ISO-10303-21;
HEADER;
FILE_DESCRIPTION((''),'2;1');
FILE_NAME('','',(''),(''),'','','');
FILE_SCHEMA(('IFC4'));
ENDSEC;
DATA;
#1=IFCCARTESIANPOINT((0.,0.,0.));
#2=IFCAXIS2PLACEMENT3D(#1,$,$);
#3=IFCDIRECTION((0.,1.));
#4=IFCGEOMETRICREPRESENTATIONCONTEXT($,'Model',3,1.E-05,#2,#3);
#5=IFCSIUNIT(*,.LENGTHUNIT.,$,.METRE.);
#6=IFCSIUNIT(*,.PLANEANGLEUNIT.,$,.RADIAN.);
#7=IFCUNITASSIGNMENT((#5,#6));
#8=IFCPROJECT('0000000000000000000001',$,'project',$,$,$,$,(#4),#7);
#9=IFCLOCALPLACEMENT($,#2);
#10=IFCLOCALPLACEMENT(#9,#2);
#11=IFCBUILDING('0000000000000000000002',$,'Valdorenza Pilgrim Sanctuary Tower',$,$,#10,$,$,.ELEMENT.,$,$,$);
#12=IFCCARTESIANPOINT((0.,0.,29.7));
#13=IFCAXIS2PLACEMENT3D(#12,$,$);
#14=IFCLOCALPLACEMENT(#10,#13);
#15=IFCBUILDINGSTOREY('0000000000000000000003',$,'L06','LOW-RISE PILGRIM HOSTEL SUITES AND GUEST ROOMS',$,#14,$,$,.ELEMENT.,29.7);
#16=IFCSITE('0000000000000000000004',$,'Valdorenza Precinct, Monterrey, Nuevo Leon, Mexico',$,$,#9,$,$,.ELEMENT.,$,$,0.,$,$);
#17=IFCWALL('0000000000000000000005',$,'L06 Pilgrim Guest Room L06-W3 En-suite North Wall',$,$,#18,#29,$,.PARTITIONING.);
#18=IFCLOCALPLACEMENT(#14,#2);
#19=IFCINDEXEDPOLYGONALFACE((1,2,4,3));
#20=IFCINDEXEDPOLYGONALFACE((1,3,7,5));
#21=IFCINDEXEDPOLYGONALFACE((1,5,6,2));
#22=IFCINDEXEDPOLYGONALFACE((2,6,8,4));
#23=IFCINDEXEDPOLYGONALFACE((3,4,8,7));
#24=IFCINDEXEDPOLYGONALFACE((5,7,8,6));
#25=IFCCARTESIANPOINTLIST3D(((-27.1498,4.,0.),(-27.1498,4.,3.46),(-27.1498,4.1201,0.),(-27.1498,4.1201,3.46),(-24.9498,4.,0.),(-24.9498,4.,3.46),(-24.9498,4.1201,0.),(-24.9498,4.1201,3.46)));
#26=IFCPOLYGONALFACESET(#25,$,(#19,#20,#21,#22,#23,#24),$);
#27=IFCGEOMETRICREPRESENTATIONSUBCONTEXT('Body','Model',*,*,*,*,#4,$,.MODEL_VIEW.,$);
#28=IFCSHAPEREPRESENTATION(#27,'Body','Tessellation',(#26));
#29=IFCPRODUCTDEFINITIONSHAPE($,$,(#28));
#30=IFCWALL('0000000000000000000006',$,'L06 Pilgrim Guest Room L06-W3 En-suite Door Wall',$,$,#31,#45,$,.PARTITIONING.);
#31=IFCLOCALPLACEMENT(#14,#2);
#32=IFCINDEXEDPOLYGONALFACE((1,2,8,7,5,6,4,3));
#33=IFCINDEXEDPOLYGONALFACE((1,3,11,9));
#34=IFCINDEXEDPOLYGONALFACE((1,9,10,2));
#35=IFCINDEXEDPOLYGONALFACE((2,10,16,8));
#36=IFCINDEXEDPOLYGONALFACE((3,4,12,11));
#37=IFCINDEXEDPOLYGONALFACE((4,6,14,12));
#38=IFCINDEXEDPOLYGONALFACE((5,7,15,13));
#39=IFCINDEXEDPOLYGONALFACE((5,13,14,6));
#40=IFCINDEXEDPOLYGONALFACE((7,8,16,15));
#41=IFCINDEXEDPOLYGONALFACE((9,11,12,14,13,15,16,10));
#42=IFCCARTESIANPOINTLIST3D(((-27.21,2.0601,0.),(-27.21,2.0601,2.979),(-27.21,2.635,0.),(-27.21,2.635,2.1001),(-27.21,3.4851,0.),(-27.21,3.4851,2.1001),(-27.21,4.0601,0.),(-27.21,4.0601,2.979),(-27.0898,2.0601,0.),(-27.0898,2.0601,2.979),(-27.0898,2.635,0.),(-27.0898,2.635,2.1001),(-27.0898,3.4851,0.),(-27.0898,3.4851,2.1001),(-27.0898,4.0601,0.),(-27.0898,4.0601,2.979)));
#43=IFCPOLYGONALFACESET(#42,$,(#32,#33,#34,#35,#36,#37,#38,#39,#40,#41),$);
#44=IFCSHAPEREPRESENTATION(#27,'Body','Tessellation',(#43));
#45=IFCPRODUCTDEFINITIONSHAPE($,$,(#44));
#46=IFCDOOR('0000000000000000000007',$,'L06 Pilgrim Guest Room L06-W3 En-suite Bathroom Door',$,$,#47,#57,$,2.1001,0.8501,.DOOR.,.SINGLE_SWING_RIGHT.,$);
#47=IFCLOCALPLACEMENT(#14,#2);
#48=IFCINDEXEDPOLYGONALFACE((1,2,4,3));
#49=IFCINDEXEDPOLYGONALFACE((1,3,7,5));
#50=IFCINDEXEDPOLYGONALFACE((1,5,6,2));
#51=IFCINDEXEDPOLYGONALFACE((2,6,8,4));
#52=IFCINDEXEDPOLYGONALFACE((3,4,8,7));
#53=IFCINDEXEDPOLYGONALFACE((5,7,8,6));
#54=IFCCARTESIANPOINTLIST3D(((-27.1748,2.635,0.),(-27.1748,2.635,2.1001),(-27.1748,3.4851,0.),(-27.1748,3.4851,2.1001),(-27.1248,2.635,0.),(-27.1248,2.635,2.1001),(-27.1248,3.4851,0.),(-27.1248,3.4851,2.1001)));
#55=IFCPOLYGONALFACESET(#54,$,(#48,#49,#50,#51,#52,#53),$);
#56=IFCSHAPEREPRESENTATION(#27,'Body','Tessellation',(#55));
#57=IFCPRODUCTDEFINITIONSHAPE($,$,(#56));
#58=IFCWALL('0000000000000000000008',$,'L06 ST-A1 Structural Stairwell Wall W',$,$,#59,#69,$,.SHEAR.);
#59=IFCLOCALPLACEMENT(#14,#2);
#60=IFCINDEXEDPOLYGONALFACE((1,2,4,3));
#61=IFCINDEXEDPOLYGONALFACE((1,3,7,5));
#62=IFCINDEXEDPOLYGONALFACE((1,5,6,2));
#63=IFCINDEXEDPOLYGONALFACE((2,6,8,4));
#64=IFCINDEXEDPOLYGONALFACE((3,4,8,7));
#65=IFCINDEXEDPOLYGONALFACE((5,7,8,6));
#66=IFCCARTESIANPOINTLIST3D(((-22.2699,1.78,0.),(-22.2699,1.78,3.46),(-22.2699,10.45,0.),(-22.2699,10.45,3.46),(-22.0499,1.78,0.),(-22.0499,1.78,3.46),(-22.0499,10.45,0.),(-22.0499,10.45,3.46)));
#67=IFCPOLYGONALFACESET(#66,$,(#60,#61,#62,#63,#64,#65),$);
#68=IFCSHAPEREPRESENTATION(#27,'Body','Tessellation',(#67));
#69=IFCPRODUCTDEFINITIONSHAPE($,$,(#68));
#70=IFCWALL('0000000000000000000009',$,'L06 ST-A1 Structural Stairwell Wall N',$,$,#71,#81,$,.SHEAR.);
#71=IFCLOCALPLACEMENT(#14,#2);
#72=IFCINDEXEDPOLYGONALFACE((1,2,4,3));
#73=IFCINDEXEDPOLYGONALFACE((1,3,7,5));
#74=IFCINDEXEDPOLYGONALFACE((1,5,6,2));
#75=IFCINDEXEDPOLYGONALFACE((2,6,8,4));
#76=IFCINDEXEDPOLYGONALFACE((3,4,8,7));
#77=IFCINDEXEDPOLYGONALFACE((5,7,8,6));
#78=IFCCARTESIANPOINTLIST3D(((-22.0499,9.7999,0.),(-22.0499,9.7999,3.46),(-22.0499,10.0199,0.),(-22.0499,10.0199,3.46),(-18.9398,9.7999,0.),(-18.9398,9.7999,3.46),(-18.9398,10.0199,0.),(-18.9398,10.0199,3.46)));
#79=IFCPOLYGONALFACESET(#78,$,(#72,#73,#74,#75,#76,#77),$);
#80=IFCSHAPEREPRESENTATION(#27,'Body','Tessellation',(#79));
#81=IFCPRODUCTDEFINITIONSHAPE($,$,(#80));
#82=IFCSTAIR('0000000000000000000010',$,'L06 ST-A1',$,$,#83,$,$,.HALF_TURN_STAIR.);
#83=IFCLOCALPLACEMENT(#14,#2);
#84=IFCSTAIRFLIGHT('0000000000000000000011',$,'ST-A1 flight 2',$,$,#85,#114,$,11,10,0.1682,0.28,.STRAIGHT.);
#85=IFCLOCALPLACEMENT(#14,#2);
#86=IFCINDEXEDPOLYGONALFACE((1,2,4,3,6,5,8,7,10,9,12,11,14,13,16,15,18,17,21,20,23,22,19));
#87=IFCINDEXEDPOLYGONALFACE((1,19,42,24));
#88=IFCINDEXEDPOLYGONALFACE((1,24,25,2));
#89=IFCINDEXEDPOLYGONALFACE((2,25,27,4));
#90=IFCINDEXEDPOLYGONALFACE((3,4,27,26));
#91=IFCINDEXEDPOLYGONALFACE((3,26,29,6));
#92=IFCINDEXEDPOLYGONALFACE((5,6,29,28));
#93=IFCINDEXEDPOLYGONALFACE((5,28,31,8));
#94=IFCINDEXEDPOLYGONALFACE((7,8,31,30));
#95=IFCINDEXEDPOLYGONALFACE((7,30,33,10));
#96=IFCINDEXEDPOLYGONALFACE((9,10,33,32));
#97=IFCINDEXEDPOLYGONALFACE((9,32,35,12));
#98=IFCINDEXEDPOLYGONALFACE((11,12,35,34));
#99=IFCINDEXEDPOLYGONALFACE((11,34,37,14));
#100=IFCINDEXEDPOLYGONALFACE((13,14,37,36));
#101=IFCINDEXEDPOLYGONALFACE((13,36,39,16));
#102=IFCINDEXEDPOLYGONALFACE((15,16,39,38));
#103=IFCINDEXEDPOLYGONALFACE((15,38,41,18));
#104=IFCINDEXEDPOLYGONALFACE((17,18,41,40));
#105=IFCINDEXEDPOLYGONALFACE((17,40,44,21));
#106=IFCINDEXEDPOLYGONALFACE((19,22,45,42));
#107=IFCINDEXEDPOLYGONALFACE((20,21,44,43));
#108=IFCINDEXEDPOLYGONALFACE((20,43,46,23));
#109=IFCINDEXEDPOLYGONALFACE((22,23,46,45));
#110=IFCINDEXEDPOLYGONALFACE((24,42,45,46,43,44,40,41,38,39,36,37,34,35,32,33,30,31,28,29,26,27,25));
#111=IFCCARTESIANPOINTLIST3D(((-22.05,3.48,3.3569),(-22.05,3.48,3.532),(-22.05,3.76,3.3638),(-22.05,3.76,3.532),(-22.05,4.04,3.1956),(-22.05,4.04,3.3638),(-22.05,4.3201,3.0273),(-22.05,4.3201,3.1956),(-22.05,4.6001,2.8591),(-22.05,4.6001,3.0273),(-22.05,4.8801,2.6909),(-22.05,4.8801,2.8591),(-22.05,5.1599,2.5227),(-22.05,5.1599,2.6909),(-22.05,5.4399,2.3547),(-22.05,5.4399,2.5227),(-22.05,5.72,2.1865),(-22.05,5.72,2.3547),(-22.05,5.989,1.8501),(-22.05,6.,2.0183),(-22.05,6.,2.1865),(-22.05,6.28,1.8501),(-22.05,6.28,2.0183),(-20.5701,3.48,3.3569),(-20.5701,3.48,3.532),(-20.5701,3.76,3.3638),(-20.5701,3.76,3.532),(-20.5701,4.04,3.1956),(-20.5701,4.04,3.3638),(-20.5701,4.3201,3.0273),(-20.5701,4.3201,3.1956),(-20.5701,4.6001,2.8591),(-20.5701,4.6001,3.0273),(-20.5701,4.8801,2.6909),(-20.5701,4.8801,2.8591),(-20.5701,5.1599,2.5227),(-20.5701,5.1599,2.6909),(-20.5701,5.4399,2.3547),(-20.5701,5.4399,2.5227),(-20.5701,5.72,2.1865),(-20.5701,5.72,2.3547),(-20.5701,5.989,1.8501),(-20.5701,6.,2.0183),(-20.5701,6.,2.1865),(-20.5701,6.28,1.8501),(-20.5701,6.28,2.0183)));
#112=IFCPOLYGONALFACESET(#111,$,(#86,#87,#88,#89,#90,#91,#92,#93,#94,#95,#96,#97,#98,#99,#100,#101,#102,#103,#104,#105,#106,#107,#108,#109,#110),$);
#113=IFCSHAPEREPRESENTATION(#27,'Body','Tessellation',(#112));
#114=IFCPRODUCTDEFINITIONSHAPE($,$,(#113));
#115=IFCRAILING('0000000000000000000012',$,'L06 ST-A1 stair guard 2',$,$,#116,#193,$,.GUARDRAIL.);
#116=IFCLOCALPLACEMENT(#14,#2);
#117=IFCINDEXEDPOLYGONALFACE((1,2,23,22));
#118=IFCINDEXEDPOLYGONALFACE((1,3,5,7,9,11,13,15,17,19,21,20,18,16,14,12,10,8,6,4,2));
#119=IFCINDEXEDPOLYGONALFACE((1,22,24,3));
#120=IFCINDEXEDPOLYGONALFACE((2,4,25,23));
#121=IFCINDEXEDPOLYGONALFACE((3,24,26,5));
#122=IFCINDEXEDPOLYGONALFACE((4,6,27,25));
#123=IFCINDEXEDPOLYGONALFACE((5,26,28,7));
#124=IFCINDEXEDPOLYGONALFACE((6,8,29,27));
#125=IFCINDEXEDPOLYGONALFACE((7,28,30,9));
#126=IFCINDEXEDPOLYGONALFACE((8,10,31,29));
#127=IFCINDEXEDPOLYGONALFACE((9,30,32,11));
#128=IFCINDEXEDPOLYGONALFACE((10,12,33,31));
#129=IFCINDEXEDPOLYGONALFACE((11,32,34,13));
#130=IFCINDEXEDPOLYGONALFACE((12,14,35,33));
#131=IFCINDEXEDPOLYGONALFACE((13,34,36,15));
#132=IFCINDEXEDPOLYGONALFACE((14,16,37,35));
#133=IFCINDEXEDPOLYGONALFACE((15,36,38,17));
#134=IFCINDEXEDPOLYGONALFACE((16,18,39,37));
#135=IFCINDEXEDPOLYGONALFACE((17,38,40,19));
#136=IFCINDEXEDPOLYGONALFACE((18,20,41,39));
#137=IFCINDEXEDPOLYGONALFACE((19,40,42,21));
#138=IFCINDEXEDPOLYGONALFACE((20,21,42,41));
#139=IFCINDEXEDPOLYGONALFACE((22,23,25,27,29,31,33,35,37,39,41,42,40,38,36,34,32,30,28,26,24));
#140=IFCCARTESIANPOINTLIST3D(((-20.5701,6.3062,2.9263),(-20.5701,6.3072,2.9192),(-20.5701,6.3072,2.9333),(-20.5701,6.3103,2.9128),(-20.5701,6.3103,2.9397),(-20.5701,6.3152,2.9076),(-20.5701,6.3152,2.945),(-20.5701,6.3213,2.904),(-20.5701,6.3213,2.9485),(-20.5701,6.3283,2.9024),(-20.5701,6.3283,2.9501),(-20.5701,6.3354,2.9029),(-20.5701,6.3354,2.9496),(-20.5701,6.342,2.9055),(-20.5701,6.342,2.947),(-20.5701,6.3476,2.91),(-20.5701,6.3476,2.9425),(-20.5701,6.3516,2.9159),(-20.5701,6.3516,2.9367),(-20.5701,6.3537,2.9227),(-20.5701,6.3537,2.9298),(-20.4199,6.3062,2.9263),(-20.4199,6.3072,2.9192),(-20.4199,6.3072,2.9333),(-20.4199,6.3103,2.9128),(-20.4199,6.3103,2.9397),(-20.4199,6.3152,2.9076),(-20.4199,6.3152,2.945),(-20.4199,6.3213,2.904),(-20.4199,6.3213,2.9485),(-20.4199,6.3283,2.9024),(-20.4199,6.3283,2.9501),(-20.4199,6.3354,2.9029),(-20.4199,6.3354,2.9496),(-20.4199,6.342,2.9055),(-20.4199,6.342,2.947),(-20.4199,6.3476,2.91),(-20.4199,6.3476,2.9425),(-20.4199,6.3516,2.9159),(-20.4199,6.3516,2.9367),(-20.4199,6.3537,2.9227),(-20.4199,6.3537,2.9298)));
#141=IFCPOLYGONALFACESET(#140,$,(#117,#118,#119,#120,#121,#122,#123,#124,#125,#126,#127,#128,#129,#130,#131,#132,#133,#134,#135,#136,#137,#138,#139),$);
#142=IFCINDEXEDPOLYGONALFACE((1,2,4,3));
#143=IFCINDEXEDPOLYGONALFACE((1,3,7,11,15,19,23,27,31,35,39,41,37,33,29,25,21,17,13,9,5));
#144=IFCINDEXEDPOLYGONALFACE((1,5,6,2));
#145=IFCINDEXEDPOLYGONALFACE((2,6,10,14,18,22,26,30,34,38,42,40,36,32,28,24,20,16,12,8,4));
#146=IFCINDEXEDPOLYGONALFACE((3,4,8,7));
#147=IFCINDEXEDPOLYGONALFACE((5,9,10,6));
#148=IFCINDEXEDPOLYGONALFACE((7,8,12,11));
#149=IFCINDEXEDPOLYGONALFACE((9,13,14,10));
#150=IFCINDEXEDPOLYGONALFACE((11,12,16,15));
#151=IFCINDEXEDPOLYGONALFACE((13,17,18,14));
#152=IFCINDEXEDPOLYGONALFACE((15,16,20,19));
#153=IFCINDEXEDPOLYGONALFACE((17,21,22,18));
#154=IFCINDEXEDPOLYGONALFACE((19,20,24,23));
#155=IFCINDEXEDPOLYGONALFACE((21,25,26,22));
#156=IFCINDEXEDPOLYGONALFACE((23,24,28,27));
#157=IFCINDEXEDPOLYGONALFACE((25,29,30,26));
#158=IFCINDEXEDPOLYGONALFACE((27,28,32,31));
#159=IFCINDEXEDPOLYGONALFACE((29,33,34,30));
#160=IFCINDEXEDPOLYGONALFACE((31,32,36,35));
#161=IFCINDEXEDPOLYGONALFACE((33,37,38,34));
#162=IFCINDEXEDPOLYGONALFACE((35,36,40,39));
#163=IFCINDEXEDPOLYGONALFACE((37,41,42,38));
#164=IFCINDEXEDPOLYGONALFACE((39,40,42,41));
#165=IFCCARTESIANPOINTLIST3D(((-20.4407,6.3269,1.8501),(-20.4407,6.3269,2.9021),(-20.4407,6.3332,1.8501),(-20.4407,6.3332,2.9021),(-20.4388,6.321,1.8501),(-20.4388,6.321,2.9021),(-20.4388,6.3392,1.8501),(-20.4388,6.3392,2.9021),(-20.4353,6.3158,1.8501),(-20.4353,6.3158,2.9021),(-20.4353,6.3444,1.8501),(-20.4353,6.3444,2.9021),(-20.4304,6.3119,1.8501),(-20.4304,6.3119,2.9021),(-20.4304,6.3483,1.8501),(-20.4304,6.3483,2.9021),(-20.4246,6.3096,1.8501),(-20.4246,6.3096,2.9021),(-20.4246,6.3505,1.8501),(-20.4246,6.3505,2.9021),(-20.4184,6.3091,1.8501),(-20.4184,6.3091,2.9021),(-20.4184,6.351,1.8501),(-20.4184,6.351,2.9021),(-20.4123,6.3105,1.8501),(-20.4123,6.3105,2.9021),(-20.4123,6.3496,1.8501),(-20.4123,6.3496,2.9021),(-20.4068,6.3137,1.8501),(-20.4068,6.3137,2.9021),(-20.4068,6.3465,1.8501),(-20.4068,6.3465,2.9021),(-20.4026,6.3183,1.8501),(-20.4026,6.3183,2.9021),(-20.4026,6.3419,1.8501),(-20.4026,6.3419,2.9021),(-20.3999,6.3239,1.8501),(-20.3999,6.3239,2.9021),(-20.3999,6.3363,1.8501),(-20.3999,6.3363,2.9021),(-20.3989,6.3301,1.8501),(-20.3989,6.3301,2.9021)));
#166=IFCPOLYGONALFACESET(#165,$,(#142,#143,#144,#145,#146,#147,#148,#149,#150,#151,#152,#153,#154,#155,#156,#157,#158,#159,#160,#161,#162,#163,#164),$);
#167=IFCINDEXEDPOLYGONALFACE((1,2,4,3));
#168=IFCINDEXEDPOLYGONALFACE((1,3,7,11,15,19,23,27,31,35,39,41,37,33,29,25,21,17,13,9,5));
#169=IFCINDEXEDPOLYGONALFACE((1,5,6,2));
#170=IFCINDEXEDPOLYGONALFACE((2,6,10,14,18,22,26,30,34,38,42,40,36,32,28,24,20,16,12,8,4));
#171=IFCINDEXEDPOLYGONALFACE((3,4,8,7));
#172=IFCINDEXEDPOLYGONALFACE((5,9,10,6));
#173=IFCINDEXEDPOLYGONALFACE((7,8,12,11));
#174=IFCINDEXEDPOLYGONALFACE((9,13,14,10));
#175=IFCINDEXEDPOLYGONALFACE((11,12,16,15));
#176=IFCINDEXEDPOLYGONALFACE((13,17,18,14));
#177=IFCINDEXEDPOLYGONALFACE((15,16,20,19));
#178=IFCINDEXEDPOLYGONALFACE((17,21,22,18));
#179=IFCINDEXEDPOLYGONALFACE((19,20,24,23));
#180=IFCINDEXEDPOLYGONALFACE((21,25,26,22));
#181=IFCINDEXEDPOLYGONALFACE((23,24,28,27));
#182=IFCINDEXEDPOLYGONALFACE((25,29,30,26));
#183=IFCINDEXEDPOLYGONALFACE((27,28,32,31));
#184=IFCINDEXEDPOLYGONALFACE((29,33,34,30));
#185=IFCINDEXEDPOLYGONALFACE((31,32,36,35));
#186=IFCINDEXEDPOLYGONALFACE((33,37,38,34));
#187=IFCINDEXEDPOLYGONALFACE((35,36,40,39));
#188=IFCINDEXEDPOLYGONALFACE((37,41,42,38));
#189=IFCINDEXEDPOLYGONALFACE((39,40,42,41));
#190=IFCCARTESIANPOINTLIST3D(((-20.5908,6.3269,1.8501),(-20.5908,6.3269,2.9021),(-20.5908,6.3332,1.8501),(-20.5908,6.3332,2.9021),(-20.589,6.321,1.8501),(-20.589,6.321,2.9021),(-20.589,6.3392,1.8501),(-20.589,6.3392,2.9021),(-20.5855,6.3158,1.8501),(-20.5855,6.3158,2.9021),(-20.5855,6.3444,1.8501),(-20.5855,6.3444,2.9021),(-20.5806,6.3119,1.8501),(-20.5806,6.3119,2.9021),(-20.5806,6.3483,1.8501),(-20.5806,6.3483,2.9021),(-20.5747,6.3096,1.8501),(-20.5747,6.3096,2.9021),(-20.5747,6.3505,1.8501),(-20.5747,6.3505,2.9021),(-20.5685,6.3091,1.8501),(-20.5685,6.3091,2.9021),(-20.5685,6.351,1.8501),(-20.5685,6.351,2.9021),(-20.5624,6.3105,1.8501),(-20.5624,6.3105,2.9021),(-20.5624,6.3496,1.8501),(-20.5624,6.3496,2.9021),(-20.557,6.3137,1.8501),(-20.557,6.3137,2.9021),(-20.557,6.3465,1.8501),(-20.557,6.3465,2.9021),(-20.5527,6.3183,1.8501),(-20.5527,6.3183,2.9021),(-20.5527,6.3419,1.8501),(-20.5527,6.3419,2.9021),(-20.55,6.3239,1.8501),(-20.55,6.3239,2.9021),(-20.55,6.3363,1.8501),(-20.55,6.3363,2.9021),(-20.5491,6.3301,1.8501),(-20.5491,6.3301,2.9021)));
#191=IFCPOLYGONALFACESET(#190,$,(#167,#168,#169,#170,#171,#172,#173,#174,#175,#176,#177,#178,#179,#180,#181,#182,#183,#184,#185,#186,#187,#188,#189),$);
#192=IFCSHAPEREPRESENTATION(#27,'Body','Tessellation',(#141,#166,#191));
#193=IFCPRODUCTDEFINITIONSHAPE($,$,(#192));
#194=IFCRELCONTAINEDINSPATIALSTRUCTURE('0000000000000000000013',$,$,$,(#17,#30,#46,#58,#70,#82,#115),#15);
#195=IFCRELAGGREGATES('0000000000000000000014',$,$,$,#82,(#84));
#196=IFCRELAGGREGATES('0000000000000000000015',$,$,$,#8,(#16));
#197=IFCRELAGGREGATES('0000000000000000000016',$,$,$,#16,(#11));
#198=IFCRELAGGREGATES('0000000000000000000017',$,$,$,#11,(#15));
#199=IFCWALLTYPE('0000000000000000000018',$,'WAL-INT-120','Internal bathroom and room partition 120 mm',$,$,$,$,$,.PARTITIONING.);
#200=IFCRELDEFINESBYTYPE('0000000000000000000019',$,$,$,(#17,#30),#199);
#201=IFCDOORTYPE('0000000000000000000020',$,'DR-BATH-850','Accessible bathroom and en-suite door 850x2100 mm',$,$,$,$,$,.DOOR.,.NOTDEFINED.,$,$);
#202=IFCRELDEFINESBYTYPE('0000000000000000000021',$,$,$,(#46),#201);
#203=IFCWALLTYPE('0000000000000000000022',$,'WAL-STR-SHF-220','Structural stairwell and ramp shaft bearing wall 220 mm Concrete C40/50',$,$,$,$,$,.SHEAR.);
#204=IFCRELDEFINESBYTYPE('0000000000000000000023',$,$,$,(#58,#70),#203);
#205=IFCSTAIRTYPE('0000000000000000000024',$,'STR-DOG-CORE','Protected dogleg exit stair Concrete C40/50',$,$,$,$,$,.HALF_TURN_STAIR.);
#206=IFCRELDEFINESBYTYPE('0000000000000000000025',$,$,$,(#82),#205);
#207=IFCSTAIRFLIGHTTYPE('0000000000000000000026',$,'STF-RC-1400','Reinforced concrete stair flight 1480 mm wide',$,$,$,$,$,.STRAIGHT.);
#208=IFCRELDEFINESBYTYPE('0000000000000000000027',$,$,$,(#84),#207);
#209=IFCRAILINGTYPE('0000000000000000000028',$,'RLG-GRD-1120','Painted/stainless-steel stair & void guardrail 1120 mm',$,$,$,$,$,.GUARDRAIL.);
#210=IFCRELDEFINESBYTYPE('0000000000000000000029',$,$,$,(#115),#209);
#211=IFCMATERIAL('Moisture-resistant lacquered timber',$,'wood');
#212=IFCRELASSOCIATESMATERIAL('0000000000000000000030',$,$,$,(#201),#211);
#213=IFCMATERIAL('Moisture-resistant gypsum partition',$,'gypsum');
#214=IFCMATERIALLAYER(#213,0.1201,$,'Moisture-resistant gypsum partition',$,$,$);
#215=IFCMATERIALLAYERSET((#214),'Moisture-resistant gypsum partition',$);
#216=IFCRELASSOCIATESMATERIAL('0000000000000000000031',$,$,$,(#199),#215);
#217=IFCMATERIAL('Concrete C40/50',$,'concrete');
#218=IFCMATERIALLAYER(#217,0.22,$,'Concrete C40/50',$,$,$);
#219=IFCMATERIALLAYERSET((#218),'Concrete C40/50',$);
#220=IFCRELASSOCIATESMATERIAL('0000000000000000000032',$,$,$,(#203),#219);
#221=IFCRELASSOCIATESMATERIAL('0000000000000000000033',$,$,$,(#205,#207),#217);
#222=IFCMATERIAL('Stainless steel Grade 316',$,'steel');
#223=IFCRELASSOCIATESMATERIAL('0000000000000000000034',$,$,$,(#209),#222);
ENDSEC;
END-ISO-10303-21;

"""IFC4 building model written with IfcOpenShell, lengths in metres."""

from ifc_helpers import new_model, si_unit, direction, frame, frame_2d, origin, origin_2d, place, context, subcontext, project, spatial, polyline, rectangle, circle, outline, extrude, material, layer, layer_set, type_object, element, fill, aggregate, save


model = new_model("IFC4")

# Units and contexts
model_context = context("Model", 3, precision=1e-05, world=origin(), true_north=direction((0.0, 1.0)))
body_context = subcontext(model_context, "Body", "Model", "MODEL_VIEW")
ifc_project = project(units=[si_unit("LENGTHUNIT", "METRE"), si_unit("PLANEANGLEUNIT", "RADIAN")], contexts=[model_context])

# Site, building, storey
site_placement = place(None, origin())
site = spatial("IfcSite", under=ifc_project, at=site_placement, Name="Valdorenza Precinct, Monterrey, Nuevo Leon, Mexico", CompositionType="ELEMENT", RefElevation=0.0)
building_placement = place(site_placement, origin())
building = spatial("IfcBuilding", under=site, at=building_placement, Name="Valdorenza Pilgrim Sanctuary Tower", CompositionType="ELEMENT")
storey_placement = place(building_placement, frame((0.0, 0.0, 29.7)))
storey = spatial("IfcBuildingStorey", under=building, at=storey_placement, Name="L06", Description="LOW-RISE PILGRIM HOSTEL SUITES AND GUEST ROOMS", CompositionType="ELEMENT", Elevation=29.7)

# Shared definitions
ifc_material_1 = material(Name="Moisture-resistant lacquered timber", Category="wood")
door_type_1 = type_object("IfcDoorType", Name="DR-BATH-850", Description="Accessible bathroom and en-suite door 850x2100 mm", OperationType="NOTDEFINED", PredefinedType="DOOR", material=ifc_material_1)

# Shared definitions
ifc_material_2 = material(Name="Moisture-resistant gypsum partition", Category="gypsum")
ifc_layer_1 = layer(ifc_material_2, 0.1201, Name="Moisture-resistant gypsum partition")
ifc_layer_set_1 = layer_set([ifc_layer_1], Name="Moisture-resistant gypsum partition")
wall_type_1 = type_object("IfcWallType", Name="WAL-INT-120", Description="Internal bathroom and room partition 120 mm", PredefinedType="PARTITIONING", material=ifc_layer_set_1)

# Wall
wall_1_placement = place(storey_placement, frame((-27.1499, 4.0601, 0.0), z_axis=(0.0, 0.0, 1.0), x_axis=(1.0, 0.0, 0.0)))
element("IfcWall", 1, at=wall_1_placement, inside=storey, type_object=wall_type_1, Name="L06 Pilgrim Guest Room L06-W3 En-suite North Wall", PredefinedType="PARTITIONING", context=body_context, shape_type="SweptSolid", body=[
    extrude(rectangle(XDim=2.2, YDim=0.1201, at=frame_2d((1.1001, 0.0))), origin(), (0.0, 0.0, 1.0), 3.46),
])

# Wall, opening, door
wall_2_placement = place(storey_placement, frame((-27.1499, 2.0601, 0.0), z_axis=(0.0, 0.0, 1.0), x_axis=(0.0, 1.0, 0.0)))
wall_2 = element("IfcWall", 2, at=wall_2_placement, inside=storey, type_object=wall_type_1, Name="L06 Pilgrim Guest Room L06-W3 En-suite Door Wall", PredefinedType="PARTITIONING", context=body_context, shape_type="SweptSolid", body=[
    extrude(rectangle(XDim=2.0, YDim=0.1201, at=frame_2d((1.0, 0.0))), origin(), (0.0, 0.0, 1.0), 2.979),
])
opening_1_placement = place(wall_2_placement, frame((0.575, 0.0, 0.0)))
opening_1 = element("IfcOpeningElement", 3, at=opening_1_placement, cuts=wall_2, PredefinedType="OPENING", context=body_context, shape_type="SweptSolid", body=[
    extrude(rectangle(XDim=0.8501, YDim=2.1001, at=frame_2d((0.425, 1.05))), frame((0.0, 0.075, 0.0), z_axis=(0.0, -1.0, 0.0), x_axis=(1.0, 0.0, 0.0)), (0.0, 0.0, 1.0), 0.1499),
])
door_1_placement = place(opening_1_placement, origin())
door_1 = element("IfcDoor", 4, at=door_1_placement, inside=storey, type_object=door_type_1, Name="L06 Pilgrim Guest Room L06-W3 En-suite Bathroom Door", OperationType="SINGLE_SWING_RIGHT", OverallHeight=2.1001, OverallWidth=0.8501, PredefinedType="DOOR", context=body_context, shape_type="SweptSolid", body=[
    extrude(rectangle(XDim=0.8501, YDim=2.1001, at=frame_2d((0.425, 1.05))), frame((0.0, 0.0249, 0.0), z_axis=(0.0, -1.0, 0.0), x_axis=(1.0, 0.0, 0.0)), (0.0, 0.0, 1.0), 0.05),
])
fill(opening_1, door_1)

# Wall
ifc_material_3 = material(Name="Concrete C40/50", Category="concrete")
ifc_layer_2 = layer(ifc_material_3, 0.22, Name="Concrete C40/50")
ifc_layer_set_2 = layer_set([ifc_layer_2], Name="Concrete C40/50")
wall_type_2 = type_object("IfcWallType", Name="WAL-STR-SHF-220", Description="Structural stairwell and ramp shaft bearing wall 220 mm Concrete C40/50", PredefinedType="SHEAR", material=ifc_layer_set_2)
wall_3_placement = place(storey_placement, frame((-22.1599, 1.78, 0.0), z_axis=(0.0, 0.0, 1.0), x_axis=(0.0, 1.0, 0.0)))
element("IfcWall", 5, at=wall_3_placement, inside=storey, type_object=wall_type_2, Name="L06 ST-A1 Structural Stairwell Wall W", PredefinedType="SHEAR", context=body_context, shape_type="SweptSolid", body=[
    extrude(rectangle(XDim=8.6699, YDim=0.22, at=frame_2d((4.335, 0.0))), origin(), (0.0, 0.0, 1.0), 3.46),
])

# Wall
wall_4_placement = place(storey_placement, frame((-22.05, 9.9099, 0.0), z_axis=(0.0, 0.0, 1.0), x_axis=(1.0, 0.0, 0.0)))
element("IfcWall", 6, at=wall_4_placement, inside=storey, type_object=wall_type_2, Name="L06 ST-A1 Structural Stairwell Wall N", PredefinedType="SHEAR", context=body_context, shape_type="SweptSolid", body=[
    extrude(rectangle(XDim=3.1101, YDim=0.22, at=frame_2d((1.5552, 0.0))), origin(), (0.0, 0.0, 1.0), 3.46),
])

# Stair, stair flight
stair_type = type_object("IfcStairType", Name="STR-DOG-CORE", Description="Protected dogleg exit stair Concrete C40/50", PredefinedType="HALF_TURN_STAIR", material=ifc_material_3)
stair_placement = place(storey_placement, origin())
stair = element("IfcStair", 7, at=stair_placement, inside=storey, type_object=stair_type, Name="L06 ST-A1", PredefinedType="HALF_TURN_STAIR")
stair_flight_type = type_object("IfcStairFlightType", Name="STF-RC-1400", Description="Reinforced concrete stair flight 1480 mm wide", PredefinedType="STRAIGHT", material=ifc_material_3)
stair_flight_placement = place(storey_placement, frame((-21.3101, 6.28, 1.8501), z_axis=(0.0, 0.0, 1.0), x_axis=(0.0, -1.0, 0.0)))
stair_flight = element("IfcStairFlight", 8, at=stair_flight_placement, type_object=stair_flight_type, Name="ST-A1 flight 2", NumberOfRisers=11, NumberOfTreads=10, PredefinedType="STRAIGHT", RiserHeight=0.1682, TreadLength=0.28, context=body_context, shape_type="SweptSolid", body=[
    extrude(outline(polyline([(0.0, 0.0), (0.0, 0.1682), (0.28, 0.1682), (0.28, 0.3364), (0.5601, 0.3364), (0.5601, 0.5046), (0.8401, 0.5046), (0.8401, 0.6726), (1.1201, 0.6726), (1.1201, 0.8408), (1.3999, 0.8408), (1.3999, 1.009), (1.6799, 1.009), (1.6799, 1.1772), (1.96, 1.1772), (1.96, 1.3455), (2.24, 1.3455), (2.24, 1.5137), (2.52, 1.5137), (2.52, 1.6819), (2.8, 1.6819), (2.8, 1.8501), (2.8, 1.5068), (0.291, 0.0), (0.0, 0.0)])), frame((0.0, 0.74, 0.0), z_axis=(0.0, -1.0, 0.0), x_axis=(1.0, 0.0, 0.0)), (0.0, 0.0, 1.0), 1.48),
])
aggregate(stair, [stair_flight])

# Railing
ifc_material_4 = material(Name="Stainless steel Grade 316", Category="steel")
railing_type_1 = type_object("IfcRailingType", Name="RLG-GRD-1120", Description="Painted/stainless-steel stair & void guardrail 1120 mm", PredefinedType="GUARDRAIL", material=ifc_material_4)
railing_1_placement = place(storey_placement, frame((-20.4199, 6.3301, 1.8501)))
element("IfcRailing", 9, at=railing_1_placement, inside=storey, type_object=railing_type_1, Name="L06 ST-A1 stair guard 2", PredefinedType="GUARDRAIL", context=body_context, shape_type="SweptSolid", body=[
    extrude(circle(Radius=0.0239, at=origin_2d()), frame((0.0, 0.0, 1.0762), z_axis=(-1.0, 0.0, 0.0), x_axis=(0.0, -1.0, 0.0)), (0.0, 0.0, 1.0), 0.1501),
    extrude(circle(Radius=0.021, at=origin_2d()), origin(), (0.0, 0.0, 1.0), 1.052),
    extrude(circle(Radius=0.021, at=origin_2d()), frame((-0.1501, 0.0, 0.0)), (0.0, 0.0, 1.0), 1.052),
])

save(model, "model.ifc")
